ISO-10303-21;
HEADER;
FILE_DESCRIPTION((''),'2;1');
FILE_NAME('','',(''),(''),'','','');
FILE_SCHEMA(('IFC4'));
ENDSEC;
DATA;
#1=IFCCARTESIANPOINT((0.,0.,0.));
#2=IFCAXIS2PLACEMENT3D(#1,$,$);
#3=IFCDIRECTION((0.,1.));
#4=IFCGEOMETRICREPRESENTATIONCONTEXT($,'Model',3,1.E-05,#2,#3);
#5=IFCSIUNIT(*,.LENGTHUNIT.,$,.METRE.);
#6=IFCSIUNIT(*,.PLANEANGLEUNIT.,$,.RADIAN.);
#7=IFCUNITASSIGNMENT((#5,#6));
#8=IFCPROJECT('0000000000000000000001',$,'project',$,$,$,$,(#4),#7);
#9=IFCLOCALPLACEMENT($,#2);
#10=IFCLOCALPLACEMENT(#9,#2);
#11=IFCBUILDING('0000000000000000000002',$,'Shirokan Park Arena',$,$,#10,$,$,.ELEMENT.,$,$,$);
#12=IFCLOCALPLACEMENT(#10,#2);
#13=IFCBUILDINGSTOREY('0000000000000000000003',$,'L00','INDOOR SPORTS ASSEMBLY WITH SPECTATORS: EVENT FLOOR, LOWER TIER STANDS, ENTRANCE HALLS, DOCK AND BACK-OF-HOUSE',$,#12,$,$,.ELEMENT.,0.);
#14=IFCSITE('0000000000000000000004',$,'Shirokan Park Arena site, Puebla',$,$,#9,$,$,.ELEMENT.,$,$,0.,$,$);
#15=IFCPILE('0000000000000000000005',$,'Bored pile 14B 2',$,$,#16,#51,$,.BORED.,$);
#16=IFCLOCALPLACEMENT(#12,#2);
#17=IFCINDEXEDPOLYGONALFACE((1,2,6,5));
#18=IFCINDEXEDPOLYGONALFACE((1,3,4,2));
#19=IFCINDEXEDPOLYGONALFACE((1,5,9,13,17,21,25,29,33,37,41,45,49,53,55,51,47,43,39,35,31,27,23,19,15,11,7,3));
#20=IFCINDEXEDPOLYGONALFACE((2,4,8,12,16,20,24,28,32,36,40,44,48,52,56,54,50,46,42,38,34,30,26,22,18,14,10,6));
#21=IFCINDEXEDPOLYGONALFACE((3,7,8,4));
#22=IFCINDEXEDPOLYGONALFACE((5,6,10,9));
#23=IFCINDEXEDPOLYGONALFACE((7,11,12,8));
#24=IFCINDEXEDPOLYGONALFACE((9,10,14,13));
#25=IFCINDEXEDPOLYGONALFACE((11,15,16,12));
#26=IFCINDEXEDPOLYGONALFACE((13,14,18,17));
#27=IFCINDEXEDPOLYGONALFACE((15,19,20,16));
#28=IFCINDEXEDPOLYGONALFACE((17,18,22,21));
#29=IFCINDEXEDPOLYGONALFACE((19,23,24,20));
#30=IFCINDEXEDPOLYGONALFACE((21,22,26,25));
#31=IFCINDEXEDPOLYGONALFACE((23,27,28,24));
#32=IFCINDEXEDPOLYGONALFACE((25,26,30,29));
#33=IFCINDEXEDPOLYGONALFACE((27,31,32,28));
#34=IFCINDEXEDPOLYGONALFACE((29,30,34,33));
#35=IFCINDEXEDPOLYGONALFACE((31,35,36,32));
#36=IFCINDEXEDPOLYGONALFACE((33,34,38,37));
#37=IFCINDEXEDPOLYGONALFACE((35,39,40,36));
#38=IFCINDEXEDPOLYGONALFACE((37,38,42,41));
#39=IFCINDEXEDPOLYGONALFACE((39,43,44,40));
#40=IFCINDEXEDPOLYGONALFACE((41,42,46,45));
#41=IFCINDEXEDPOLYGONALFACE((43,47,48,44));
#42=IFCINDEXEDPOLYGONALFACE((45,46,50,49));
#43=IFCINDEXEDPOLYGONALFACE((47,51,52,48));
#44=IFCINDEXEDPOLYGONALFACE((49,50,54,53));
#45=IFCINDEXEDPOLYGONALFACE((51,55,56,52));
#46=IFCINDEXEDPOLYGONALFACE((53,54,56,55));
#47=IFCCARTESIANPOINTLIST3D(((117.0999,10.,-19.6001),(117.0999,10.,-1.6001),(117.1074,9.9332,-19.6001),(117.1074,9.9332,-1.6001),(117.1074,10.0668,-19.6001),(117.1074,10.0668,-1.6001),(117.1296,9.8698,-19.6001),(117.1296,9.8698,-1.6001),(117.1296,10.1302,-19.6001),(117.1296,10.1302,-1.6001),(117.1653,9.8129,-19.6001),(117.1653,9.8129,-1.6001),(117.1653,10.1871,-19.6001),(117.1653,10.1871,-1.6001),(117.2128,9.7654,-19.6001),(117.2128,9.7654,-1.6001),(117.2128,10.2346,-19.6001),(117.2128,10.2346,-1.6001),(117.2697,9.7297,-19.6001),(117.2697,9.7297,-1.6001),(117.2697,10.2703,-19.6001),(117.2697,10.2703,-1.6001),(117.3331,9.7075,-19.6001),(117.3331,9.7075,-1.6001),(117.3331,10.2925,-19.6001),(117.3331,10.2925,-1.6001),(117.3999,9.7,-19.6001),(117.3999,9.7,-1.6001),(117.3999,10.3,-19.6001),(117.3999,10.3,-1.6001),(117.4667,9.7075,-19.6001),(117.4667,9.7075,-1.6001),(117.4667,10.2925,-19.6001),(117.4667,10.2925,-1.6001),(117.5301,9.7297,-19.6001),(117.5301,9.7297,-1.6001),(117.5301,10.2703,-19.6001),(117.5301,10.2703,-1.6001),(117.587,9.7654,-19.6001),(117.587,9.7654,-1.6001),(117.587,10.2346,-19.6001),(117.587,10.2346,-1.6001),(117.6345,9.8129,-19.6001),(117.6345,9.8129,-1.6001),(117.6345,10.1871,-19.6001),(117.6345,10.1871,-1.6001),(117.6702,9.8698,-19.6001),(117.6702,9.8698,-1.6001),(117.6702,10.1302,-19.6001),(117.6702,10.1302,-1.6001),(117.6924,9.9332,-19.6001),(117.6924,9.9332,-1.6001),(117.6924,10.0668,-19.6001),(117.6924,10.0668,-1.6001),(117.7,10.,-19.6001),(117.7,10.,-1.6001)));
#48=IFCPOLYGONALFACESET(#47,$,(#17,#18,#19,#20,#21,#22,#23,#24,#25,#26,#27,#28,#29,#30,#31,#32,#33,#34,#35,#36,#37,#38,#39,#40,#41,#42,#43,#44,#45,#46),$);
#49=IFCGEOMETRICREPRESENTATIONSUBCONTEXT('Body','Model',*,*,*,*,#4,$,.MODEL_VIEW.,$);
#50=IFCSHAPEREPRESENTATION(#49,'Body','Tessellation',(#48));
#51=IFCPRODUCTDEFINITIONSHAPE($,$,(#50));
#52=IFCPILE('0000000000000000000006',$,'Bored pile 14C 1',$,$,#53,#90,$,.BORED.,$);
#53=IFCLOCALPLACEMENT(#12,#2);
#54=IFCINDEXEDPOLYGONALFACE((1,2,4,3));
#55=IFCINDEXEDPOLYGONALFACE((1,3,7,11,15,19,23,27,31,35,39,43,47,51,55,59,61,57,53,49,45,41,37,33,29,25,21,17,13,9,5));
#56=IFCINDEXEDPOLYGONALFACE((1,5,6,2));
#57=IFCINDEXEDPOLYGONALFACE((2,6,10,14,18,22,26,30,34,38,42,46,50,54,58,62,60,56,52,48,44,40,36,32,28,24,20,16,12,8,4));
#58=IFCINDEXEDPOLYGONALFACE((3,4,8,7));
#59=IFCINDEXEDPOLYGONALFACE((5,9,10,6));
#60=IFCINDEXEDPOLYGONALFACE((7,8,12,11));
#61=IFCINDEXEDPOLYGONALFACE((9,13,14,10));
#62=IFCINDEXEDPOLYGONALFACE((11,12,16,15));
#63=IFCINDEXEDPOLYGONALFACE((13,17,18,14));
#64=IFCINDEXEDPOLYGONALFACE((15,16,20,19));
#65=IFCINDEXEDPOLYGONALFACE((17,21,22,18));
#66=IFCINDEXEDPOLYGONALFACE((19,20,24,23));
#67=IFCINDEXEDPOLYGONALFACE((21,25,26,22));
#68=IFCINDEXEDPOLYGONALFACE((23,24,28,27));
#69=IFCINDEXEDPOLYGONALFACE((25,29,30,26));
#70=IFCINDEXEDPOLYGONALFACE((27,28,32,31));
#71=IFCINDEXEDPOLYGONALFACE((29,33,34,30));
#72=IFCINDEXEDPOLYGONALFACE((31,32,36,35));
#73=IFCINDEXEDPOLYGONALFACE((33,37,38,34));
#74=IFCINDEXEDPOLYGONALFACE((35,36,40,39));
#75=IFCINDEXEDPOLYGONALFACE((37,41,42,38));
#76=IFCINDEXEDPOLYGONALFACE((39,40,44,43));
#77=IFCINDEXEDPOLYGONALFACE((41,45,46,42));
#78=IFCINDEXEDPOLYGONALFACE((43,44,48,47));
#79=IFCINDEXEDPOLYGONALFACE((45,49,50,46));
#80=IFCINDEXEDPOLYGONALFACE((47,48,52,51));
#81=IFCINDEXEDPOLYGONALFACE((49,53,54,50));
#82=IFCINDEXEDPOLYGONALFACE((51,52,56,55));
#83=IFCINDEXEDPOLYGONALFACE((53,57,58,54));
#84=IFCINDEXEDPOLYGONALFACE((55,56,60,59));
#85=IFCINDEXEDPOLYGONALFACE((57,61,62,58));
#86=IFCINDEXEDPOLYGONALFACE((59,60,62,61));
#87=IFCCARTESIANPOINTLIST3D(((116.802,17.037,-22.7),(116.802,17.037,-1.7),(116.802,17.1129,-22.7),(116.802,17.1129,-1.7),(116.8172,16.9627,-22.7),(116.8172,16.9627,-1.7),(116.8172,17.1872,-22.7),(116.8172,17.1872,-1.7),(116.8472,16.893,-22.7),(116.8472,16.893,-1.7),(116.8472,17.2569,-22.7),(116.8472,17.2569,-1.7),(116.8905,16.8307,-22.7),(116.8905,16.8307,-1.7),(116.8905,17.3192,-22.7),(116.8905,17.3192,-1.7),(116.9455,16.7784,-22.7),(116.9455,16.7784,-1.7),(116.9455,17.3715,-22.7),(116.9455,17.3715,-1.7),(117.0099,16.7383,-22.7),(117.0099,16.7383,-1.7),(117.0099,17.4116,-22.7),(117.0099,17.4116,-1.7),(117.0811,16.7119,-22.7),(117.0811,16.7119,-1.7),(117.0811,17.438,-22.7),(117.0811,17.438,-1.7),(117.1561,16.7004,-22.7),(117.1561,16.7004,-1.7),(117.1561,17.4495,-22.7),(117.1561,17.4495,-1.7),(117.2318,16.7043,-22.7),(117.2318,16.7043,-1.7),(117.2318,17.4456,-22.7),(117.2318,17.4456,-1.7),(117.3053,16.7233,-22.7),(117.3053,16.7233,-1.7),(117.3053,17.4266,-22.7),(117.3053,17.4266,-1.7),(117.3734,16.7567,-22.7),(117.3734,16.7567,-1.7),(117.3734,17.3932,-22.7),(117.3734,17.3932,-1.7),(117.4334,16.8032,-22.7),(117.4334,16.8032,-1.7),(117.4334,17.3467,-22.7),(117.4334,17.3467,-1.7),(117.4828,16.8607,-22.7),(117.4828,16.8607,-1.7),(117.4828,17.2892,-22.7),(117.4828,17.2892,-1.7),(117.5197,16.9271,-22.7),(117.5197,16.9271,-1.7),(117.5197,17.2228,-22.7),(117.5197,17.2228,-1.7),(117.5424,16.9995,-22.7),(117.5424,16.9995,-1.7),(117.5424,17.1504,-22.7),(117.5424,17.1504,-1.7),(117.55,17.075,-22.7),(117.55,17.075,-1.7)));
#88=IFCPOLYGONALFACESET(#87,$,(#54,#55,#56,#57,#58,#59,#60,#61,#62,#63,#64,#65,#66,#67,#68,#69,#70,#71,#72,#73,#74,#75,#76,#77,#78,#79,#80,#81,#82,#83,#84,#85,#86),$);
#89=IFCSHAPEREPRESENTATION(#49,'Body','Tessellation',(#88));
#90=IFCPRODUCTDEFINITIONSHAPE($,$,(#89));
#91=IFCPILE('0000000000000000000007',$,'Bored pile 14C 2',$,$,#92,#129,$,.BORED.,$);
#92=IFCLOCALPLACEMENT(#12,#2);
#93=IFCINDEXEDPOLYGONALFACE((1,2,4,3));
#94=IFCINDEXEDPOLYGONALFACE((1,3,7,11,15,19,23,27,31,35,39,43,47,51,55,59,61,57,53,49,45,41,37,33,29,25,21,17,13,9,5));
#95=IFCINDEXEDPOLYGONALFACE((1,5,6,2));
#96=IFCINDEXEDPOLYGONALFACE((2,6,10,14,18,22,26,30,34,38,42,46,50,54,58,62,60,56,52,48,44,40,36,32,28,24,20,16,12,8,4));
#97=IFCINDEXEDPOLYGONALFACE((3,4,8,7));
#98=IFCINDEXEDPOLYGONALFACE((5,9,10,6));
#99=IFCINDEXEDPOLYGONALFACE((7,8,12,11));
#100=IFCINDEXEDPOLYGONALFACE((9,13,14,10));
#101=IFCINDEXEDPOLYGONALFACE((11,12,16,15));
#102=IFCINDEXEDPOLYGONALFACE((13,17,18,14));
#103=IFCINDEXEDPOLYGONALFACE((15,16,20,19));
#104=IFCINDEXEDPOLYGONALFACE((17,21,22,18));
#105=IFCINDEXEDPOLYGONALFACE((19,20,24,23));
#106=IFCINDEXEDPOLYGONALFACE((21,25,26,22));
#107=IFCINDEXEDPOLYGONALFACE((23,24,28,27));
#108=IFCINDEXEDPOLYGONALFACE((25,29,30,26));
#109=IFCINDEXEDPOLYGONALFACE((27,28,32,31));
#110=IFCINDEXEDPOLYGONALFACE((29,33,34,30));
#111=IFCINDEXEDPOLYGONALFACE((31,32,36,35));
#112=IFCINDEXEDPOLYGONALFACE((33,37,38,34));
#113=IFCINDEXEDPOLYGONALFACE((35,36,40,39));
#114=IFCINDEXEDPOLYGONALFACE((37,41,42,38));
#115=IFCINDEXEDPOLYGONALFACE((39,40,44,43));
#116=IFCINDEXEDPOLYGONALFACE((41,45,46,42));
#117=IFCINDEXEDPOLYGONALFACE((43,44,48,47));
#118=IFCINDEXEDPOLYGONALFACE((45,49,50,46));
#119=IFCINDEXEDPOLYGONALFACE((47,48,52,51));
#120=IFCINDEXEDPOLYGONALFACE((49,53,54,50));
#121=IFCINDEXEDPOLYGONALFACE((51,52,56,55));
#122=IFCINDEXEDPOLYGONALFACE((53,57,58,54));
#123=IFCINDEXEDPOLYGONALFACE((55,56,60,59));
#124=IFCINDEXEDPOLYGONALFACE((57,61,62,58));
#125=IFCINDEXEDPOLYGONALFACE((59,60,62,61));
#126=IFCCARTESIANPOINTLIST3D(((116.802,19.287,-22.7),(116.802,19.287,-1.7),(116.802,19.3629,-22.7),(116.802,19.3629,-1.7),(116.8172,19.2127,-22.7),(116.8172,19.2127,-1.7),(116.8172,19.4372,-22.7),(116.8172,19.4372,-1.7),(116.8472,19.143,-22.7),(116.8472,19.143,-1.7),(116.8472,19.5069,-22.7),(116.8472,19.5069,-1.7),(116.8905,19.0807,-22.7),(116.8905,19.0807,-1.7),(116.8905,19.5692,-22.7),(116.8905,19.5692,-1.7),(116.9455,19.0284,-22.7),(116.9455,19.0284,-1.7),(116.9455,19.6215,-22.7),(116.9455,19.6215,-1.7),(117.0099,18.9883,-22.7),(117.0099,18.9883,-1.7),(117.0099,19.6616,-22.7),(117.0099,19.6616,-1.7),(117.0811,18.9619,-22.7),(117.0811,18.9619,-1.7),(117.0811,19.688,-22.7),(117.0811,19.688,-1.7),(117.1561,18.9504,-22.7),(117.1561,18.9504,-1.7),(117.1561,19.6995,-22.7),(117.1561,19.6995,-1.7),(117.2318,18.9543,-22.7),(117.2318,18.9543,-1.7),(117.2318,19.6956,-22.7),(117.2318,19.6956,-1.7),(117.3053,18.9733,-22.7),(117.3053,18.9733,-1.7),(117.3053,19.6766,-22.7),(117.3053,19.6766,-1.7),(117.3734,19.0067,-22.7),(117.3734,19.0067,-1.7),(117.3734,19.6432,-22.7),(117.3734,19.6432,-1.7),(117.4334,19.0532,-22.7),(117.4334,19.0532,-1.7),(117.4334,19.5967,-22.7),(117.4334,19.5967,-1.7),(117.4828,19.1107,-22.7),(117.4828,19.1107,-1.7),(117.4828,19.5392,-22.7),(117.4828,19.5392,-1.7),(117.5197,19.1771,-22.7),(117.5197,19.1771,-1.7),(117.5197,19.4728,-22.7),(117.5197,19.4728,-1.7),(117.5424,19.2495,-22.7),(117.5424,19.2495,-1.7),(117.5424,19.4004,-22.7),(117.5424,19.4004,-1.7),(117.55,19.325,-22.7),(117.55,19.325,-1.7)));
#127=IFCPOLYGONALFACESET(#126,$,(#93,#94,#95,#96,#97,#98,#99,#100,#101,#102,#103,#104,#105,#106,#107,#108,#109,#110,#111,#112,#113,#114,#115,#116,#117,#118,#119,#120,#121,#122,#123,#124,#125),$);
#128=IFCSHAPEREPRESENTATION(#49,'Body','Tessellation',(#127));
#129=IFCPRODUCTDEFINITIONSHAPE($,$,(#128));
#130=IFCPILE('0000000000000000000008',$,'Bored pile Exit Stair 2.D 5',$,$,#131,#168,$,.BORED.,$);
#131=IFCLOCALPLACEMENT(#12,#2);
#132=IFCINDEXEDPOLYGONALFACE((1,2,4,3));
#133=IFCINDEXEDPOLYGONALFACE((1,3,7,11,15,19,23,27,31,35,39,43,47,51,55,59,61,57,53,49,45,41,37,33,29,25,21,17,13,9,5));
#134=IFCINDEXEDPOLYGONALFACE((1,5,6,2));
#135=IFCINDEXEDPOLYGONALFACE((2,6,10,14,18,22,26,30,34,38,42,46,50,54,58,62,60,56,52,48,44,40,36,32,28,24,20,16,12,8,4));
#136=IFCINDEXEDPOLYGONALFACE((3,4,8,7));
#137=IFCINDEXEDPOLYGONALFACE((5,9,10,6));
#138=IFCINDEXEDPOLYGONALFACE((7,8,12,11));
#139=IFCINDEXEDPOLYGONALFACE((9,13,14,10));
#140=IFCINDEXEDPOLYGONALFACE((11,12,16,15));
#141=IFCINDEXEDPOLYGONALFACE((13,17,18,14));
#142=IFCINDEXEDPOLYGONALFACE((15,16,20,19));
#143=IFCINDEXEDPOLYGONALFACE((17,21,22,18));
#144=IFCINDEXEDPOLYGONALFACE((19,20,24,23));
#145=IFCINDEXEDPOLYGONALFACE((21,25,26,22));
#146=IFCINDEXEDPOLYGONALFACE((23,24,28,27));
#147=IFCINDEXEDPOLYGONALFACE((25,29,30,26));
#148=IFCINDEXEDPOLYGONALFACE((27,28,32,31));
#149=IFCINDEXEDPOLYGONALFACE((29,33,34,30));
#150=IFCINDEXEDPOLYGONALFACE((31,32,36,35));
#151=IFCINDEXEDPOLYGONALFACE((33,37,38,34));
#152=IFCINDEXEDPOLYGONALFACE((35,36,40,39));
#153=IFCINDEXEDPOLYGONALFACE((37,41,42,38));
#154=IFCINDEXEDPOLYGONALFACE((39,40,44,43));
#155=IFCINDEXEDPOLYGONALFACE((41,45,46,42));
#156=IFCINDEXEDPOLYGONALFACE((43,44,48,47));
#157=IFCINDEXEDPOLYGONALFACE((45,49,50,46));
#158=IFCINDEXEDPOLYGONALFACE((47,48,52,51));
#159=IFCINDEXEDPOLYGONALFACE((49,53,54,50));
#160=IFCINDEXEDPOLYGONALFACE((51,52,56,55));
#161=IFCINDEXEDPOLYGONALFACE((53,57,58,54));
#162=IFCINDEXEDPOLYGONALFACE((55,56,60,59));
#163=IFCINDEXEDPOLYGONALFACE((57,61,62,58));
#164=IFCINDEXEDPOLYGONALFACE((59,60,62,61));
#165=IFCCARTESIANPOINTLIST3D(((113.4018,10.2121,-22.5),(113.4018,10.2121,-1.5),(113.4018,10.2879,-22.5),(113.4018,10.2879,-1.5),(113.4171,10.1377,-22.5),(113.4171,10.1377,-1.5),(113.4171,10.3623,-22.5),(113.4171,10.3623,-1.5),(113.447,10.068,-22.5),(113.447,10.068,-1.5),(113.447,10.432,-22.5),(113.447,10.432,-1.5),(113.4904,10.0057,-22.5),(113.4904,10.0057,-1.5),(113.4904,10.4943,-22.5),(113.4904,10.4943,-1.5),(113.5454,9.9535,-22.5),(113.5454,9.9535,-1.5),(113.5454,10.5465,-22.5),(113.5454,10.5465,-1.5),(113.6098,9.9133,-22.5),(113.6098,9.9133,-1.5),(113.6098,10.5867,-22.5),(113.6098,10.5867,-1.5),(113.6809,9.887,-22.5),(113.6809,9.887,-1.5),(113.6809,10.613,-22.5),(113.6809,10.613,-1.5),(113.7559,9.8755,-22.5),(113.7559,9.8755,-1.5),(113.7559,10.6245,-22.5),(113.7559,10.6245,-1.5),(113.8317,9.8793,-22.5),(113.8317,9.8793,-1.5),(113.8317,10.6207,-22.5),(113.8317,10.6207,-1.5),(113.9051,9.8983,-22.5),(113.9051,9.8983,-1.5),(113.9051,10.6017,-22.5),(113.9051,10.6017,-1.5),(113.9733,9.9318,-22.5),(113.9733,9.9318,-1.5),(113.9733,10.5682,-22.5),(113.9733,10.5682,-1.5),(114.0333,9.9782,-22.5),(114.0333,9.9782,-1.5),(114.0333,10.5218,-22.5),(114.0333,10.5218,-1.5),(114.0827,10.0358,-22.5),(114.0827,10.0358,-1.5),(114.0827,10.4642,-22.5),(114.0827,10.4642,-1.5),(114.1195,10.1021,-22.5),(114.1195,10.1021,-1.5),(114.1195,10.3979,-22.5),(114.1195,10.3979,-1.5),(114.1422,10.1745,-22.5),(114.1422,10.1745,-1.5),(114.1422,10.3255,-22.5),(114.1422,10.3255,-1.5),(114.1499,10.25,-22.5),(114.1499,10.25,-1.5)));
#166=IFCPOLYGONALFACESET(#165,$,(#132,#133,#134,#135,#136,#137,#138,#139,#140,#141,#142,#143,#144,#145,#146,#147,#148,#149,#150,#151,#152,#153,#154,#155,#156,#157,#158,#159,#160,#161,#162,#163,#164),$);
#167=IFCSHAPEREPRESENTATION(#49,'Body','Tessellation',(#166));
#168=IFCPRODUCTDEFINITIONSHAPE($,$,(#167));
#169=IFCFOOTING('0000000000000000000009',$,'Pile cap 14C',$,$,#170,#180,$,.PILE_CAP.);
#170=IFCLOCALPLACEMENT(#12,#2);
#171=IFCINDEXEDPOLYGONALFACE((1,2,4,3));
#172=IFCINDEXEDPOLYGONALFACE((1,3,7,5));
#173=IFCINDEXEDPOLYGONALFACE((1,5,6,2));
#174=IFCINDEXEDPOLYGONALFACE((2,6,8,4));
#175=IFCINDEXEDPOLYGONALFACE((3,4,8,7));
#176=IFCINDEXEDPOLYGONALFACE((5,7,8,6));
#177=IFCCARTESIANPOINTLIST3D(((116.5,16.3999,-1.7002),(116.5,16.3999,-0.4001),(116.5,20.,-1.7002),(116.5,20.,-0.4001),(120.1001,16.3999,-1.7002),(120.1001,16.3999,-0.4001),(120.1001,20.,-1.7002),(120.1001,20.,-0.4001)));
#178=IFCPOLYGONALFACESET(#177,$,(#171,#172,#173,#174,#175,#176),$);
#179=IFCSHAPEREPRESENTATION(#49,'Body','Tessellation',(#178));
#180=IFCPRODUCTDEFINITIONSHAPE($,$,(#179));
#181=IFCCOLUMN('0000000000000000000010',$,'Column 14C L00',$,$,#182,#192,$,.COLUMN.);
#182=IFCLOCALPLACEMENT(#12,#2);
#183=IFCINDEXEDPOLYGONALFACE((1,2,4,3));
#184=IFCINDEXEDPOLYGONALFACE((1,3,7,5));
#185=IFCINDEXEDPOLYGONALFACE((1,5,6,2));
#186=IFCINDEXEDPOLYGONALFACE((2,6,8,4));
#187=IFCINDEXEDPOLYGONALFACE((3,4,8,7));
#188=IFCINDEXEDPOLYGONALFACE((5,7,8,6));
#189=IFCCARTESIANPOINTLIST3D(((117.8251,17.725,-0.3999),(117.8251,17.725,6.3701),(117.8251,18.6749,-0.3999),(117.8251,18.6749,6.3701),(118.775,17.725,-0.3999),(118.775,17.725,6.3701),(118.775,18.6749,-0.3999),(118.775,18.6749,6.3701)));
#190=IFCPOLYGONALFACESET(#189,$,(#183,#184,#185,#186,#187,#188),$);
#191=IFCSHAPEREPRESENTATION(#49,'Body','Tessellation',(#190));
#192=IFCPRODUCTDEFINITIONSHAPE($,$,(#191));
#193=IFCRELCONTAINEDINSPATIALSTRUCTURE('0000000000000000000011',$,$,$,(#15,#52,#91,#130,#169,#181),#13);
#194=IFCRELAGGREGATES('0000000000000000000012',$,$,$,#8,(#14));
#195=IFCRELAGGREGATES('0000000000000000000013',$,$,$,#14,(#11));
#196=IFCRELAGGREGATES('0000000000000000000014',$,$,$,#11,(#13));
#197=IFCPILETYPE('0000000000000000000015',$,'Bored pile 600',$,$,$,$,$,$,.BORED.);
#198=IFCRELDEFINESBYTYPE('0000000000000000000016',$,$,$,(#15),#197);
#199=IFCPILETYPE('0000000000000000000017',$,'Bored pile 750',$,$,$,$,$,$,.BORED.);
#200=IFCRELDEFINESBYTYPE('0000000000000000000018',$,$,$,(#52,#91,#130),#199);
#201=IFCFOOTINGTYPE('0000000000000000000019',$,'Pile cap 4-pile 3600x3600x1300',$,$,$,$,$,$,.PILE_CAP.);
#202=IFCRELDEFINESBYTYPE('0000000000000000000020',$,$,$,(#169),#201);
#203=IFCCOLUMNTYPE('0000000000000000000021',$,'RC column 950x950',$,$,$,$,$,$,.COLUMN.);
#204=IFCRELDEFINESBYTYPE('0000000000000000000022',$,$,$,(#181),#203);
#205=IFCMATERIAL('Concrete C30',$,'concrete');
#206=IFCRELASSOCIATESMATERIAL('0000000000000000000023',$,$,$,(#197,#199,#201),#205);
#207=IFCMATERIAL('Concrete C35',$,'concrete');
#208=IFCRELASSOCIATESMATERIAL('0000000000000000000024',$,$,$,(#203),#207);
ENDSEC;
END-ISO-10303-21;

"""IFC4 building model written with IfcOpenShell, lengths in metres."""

from ifc_helpers import new_model, si_unit, direction, frame, origin, origin_2d, place, context, subcontext, project, spatial, rectangle, circle, extrude, material, material_profile, profile_set, type_object, element, save


model = new_model("IFC4")

# Units and contexts
model_context = context("Model", 3, precision=1e-05, world=origin(), true_north=direction((0.0, 1.0)))
body_context = subcontext(model_context, "Body", "Model", "MODEL_VIEW")
ifc_project = project(units=[si_unit("LENGTHUNIT", "METRE"), si_unit("PLANEANGLEUNIT", "RADIAN")], contexts=[model_context])

# Site, building, storey
site_placement = place(None, origin())
site = spatial("IfcSite", under=ifc_project, at=site_placement, Name="Shirokan Park Arena site, Puebla", CompositionType="ELEMENT", RefElevation=0.0)
building_placement = place(site_placement, origin())
building = spatial("IfcBuilding", under=site, at=building_placement, Name="Shirokan Park Arena", CompositionType="ELEMENT")
storey_placement = place(building_placement, origin())
storey = spatial("IfcBuildingStorey", under=building, at=storey_placement, Name="L00", Description="INDOOR SPORTS ASSEMBLY WITH SPECTATORS: EVENT FLOOR, LOWER TIER STANDS, ENTRANCE HALLS, DOCK AND BACK-OF-HOUSE", CompositionType="ELEMENT", Elevation=0.0)

# Piles
ifc_material_1 = material(Name="Concrete C30", Category="concrete")
ifc_material_profile_1 = material_profile(ifc_material_1, circle(Radius=0.3, at=origin_2d()), Name="D600")
ifc_profile_set_1 = profile_set([ifc_material_profile_1], Name="Concrete C30")
pile_type_1 = type_object("IfcPileType", Name="Bored pile 600", PredefinedType="BORED", material=ifc_profile_set_1)
pile_placement = place(storey_placement, frame((117.3999, 10.0, -1.6001), z_axis=(0.0, 0.0, -1.0), x_axis=(1.0, 0.0, 0.0)))
element("IfcPile", 1, at=pile_placement, inside=storey, type_object=pile_type_1, Name="Bored pile 14B 2", PredefinedType="BORED", context=body_context, shape_type="SweptSolid", body=[
    extrude(circle(Radius=0.3, at=origin_2d()), origin(), (0.0, 0.0, 1.0), 18.0),
])
ifc_material_profile_2 = material_profile(ifc_material_1, circle(Radius=0.375, at=origin_2d()), Name="D750")
ifc_profile_set_2 = profile_set([ifc_material_profile_2], Name="Concrete C30")
pile_type_2 = type_object("IfcPileType", Name="Bored pile 750", PredefinedType="BORED", material=ifc_profile_set_2)
for number, where, z_axis, x_axis, name in (
    (2, (117.175, 17.075, -1.7), (0.0, 0.0, -1.0), (1.0, 0.0, 0.0), "Bored pile 14C 1"),
    (3, (117.175, 19.325, -1.7), (0.0, 0.0, -1.0), (1.0, 0.0, 0.0), "Bored pile 14C 2"),
    (4, (113.7749, 10.25, -1.5), (0.0, 0.0, -1.0), (1.0, 0.0, 0.0), "Bored pile Exit Stair 2.D 5"),
):
    element("IfcPile", number, at=place(storey_placement, frame(where, z_axis=z_axis, x_axis=x_axis)), inside=storey, type_object=pile_type_2, Name=name, PredefinedType="BORED", context=body_context, shape_type="SweptSolid", body=[
        extrude(circle(Radius=0.375, at=origin_2d()), origin(), (0.0, 0.0, 1.0), 21.0),
    ])

# Footing
footing_type = type_object("IfcFootingType", Name="Pile cap 4-pile 3600x3600x1300", PredefinedType="PILE_CAP", material=ifc_material_1)
footing_placement = place(storey_placement, frame((118.3, 18.2, -1.7002), z_axis=(0.0, 0.0, 1.0), x_axis=(1.0, 0.0, 0.0)))
element("IfcFooting", 5, at=footing_placement, inside=storey, type_object=footing_type, Name="Pile cap 14C", PredefinedType="PILE_CAP", context=body_context, shape_type="SweptSolid", body=[
    extrude(rectangle(XDim=3.6001, YDim=3.6001, at=origin_2d()), origin(), (0.0, 0.0, 1.0), 1.3),
])

# Column
ifc_material_2 = material(Name="Concrete C35", Category="concrete")
ifc_material_profile_3 = material_profile(ifc_material_2, rectangle(XDim=0.95, YDim=0.95, at=origin_2d()), Name="950x950")
ifc_profile_set_3 = profile_set([ifc_material_profile_3], Name="Concrete C35")
column_type = type_object("IfcColumnType", Name="RC column 950x950", PredefinedType="COLUMN", material=ifc_profile_set_3)
column_placement = place(storey_placement, frame((118.3, 18.2, -0.3999), z_axis=(0.0, 0.0, 1.0), x_axis=(1.0, 0.0, 0.0)))
element("IfcColumn", 6, at=column_placement, inside=storey, type_object=column_type, Name="Column 14C L00", PredefinedType="COLUMN", context=body_context, shape_type="SweptSolid", body=[
    extrude(rectangle(XDim=0.95, YDim=0.95, at=origin_2d()), origin(), (0.0, 0.0, 1.0), 6.77),
])

save(model, "model.ifc")
